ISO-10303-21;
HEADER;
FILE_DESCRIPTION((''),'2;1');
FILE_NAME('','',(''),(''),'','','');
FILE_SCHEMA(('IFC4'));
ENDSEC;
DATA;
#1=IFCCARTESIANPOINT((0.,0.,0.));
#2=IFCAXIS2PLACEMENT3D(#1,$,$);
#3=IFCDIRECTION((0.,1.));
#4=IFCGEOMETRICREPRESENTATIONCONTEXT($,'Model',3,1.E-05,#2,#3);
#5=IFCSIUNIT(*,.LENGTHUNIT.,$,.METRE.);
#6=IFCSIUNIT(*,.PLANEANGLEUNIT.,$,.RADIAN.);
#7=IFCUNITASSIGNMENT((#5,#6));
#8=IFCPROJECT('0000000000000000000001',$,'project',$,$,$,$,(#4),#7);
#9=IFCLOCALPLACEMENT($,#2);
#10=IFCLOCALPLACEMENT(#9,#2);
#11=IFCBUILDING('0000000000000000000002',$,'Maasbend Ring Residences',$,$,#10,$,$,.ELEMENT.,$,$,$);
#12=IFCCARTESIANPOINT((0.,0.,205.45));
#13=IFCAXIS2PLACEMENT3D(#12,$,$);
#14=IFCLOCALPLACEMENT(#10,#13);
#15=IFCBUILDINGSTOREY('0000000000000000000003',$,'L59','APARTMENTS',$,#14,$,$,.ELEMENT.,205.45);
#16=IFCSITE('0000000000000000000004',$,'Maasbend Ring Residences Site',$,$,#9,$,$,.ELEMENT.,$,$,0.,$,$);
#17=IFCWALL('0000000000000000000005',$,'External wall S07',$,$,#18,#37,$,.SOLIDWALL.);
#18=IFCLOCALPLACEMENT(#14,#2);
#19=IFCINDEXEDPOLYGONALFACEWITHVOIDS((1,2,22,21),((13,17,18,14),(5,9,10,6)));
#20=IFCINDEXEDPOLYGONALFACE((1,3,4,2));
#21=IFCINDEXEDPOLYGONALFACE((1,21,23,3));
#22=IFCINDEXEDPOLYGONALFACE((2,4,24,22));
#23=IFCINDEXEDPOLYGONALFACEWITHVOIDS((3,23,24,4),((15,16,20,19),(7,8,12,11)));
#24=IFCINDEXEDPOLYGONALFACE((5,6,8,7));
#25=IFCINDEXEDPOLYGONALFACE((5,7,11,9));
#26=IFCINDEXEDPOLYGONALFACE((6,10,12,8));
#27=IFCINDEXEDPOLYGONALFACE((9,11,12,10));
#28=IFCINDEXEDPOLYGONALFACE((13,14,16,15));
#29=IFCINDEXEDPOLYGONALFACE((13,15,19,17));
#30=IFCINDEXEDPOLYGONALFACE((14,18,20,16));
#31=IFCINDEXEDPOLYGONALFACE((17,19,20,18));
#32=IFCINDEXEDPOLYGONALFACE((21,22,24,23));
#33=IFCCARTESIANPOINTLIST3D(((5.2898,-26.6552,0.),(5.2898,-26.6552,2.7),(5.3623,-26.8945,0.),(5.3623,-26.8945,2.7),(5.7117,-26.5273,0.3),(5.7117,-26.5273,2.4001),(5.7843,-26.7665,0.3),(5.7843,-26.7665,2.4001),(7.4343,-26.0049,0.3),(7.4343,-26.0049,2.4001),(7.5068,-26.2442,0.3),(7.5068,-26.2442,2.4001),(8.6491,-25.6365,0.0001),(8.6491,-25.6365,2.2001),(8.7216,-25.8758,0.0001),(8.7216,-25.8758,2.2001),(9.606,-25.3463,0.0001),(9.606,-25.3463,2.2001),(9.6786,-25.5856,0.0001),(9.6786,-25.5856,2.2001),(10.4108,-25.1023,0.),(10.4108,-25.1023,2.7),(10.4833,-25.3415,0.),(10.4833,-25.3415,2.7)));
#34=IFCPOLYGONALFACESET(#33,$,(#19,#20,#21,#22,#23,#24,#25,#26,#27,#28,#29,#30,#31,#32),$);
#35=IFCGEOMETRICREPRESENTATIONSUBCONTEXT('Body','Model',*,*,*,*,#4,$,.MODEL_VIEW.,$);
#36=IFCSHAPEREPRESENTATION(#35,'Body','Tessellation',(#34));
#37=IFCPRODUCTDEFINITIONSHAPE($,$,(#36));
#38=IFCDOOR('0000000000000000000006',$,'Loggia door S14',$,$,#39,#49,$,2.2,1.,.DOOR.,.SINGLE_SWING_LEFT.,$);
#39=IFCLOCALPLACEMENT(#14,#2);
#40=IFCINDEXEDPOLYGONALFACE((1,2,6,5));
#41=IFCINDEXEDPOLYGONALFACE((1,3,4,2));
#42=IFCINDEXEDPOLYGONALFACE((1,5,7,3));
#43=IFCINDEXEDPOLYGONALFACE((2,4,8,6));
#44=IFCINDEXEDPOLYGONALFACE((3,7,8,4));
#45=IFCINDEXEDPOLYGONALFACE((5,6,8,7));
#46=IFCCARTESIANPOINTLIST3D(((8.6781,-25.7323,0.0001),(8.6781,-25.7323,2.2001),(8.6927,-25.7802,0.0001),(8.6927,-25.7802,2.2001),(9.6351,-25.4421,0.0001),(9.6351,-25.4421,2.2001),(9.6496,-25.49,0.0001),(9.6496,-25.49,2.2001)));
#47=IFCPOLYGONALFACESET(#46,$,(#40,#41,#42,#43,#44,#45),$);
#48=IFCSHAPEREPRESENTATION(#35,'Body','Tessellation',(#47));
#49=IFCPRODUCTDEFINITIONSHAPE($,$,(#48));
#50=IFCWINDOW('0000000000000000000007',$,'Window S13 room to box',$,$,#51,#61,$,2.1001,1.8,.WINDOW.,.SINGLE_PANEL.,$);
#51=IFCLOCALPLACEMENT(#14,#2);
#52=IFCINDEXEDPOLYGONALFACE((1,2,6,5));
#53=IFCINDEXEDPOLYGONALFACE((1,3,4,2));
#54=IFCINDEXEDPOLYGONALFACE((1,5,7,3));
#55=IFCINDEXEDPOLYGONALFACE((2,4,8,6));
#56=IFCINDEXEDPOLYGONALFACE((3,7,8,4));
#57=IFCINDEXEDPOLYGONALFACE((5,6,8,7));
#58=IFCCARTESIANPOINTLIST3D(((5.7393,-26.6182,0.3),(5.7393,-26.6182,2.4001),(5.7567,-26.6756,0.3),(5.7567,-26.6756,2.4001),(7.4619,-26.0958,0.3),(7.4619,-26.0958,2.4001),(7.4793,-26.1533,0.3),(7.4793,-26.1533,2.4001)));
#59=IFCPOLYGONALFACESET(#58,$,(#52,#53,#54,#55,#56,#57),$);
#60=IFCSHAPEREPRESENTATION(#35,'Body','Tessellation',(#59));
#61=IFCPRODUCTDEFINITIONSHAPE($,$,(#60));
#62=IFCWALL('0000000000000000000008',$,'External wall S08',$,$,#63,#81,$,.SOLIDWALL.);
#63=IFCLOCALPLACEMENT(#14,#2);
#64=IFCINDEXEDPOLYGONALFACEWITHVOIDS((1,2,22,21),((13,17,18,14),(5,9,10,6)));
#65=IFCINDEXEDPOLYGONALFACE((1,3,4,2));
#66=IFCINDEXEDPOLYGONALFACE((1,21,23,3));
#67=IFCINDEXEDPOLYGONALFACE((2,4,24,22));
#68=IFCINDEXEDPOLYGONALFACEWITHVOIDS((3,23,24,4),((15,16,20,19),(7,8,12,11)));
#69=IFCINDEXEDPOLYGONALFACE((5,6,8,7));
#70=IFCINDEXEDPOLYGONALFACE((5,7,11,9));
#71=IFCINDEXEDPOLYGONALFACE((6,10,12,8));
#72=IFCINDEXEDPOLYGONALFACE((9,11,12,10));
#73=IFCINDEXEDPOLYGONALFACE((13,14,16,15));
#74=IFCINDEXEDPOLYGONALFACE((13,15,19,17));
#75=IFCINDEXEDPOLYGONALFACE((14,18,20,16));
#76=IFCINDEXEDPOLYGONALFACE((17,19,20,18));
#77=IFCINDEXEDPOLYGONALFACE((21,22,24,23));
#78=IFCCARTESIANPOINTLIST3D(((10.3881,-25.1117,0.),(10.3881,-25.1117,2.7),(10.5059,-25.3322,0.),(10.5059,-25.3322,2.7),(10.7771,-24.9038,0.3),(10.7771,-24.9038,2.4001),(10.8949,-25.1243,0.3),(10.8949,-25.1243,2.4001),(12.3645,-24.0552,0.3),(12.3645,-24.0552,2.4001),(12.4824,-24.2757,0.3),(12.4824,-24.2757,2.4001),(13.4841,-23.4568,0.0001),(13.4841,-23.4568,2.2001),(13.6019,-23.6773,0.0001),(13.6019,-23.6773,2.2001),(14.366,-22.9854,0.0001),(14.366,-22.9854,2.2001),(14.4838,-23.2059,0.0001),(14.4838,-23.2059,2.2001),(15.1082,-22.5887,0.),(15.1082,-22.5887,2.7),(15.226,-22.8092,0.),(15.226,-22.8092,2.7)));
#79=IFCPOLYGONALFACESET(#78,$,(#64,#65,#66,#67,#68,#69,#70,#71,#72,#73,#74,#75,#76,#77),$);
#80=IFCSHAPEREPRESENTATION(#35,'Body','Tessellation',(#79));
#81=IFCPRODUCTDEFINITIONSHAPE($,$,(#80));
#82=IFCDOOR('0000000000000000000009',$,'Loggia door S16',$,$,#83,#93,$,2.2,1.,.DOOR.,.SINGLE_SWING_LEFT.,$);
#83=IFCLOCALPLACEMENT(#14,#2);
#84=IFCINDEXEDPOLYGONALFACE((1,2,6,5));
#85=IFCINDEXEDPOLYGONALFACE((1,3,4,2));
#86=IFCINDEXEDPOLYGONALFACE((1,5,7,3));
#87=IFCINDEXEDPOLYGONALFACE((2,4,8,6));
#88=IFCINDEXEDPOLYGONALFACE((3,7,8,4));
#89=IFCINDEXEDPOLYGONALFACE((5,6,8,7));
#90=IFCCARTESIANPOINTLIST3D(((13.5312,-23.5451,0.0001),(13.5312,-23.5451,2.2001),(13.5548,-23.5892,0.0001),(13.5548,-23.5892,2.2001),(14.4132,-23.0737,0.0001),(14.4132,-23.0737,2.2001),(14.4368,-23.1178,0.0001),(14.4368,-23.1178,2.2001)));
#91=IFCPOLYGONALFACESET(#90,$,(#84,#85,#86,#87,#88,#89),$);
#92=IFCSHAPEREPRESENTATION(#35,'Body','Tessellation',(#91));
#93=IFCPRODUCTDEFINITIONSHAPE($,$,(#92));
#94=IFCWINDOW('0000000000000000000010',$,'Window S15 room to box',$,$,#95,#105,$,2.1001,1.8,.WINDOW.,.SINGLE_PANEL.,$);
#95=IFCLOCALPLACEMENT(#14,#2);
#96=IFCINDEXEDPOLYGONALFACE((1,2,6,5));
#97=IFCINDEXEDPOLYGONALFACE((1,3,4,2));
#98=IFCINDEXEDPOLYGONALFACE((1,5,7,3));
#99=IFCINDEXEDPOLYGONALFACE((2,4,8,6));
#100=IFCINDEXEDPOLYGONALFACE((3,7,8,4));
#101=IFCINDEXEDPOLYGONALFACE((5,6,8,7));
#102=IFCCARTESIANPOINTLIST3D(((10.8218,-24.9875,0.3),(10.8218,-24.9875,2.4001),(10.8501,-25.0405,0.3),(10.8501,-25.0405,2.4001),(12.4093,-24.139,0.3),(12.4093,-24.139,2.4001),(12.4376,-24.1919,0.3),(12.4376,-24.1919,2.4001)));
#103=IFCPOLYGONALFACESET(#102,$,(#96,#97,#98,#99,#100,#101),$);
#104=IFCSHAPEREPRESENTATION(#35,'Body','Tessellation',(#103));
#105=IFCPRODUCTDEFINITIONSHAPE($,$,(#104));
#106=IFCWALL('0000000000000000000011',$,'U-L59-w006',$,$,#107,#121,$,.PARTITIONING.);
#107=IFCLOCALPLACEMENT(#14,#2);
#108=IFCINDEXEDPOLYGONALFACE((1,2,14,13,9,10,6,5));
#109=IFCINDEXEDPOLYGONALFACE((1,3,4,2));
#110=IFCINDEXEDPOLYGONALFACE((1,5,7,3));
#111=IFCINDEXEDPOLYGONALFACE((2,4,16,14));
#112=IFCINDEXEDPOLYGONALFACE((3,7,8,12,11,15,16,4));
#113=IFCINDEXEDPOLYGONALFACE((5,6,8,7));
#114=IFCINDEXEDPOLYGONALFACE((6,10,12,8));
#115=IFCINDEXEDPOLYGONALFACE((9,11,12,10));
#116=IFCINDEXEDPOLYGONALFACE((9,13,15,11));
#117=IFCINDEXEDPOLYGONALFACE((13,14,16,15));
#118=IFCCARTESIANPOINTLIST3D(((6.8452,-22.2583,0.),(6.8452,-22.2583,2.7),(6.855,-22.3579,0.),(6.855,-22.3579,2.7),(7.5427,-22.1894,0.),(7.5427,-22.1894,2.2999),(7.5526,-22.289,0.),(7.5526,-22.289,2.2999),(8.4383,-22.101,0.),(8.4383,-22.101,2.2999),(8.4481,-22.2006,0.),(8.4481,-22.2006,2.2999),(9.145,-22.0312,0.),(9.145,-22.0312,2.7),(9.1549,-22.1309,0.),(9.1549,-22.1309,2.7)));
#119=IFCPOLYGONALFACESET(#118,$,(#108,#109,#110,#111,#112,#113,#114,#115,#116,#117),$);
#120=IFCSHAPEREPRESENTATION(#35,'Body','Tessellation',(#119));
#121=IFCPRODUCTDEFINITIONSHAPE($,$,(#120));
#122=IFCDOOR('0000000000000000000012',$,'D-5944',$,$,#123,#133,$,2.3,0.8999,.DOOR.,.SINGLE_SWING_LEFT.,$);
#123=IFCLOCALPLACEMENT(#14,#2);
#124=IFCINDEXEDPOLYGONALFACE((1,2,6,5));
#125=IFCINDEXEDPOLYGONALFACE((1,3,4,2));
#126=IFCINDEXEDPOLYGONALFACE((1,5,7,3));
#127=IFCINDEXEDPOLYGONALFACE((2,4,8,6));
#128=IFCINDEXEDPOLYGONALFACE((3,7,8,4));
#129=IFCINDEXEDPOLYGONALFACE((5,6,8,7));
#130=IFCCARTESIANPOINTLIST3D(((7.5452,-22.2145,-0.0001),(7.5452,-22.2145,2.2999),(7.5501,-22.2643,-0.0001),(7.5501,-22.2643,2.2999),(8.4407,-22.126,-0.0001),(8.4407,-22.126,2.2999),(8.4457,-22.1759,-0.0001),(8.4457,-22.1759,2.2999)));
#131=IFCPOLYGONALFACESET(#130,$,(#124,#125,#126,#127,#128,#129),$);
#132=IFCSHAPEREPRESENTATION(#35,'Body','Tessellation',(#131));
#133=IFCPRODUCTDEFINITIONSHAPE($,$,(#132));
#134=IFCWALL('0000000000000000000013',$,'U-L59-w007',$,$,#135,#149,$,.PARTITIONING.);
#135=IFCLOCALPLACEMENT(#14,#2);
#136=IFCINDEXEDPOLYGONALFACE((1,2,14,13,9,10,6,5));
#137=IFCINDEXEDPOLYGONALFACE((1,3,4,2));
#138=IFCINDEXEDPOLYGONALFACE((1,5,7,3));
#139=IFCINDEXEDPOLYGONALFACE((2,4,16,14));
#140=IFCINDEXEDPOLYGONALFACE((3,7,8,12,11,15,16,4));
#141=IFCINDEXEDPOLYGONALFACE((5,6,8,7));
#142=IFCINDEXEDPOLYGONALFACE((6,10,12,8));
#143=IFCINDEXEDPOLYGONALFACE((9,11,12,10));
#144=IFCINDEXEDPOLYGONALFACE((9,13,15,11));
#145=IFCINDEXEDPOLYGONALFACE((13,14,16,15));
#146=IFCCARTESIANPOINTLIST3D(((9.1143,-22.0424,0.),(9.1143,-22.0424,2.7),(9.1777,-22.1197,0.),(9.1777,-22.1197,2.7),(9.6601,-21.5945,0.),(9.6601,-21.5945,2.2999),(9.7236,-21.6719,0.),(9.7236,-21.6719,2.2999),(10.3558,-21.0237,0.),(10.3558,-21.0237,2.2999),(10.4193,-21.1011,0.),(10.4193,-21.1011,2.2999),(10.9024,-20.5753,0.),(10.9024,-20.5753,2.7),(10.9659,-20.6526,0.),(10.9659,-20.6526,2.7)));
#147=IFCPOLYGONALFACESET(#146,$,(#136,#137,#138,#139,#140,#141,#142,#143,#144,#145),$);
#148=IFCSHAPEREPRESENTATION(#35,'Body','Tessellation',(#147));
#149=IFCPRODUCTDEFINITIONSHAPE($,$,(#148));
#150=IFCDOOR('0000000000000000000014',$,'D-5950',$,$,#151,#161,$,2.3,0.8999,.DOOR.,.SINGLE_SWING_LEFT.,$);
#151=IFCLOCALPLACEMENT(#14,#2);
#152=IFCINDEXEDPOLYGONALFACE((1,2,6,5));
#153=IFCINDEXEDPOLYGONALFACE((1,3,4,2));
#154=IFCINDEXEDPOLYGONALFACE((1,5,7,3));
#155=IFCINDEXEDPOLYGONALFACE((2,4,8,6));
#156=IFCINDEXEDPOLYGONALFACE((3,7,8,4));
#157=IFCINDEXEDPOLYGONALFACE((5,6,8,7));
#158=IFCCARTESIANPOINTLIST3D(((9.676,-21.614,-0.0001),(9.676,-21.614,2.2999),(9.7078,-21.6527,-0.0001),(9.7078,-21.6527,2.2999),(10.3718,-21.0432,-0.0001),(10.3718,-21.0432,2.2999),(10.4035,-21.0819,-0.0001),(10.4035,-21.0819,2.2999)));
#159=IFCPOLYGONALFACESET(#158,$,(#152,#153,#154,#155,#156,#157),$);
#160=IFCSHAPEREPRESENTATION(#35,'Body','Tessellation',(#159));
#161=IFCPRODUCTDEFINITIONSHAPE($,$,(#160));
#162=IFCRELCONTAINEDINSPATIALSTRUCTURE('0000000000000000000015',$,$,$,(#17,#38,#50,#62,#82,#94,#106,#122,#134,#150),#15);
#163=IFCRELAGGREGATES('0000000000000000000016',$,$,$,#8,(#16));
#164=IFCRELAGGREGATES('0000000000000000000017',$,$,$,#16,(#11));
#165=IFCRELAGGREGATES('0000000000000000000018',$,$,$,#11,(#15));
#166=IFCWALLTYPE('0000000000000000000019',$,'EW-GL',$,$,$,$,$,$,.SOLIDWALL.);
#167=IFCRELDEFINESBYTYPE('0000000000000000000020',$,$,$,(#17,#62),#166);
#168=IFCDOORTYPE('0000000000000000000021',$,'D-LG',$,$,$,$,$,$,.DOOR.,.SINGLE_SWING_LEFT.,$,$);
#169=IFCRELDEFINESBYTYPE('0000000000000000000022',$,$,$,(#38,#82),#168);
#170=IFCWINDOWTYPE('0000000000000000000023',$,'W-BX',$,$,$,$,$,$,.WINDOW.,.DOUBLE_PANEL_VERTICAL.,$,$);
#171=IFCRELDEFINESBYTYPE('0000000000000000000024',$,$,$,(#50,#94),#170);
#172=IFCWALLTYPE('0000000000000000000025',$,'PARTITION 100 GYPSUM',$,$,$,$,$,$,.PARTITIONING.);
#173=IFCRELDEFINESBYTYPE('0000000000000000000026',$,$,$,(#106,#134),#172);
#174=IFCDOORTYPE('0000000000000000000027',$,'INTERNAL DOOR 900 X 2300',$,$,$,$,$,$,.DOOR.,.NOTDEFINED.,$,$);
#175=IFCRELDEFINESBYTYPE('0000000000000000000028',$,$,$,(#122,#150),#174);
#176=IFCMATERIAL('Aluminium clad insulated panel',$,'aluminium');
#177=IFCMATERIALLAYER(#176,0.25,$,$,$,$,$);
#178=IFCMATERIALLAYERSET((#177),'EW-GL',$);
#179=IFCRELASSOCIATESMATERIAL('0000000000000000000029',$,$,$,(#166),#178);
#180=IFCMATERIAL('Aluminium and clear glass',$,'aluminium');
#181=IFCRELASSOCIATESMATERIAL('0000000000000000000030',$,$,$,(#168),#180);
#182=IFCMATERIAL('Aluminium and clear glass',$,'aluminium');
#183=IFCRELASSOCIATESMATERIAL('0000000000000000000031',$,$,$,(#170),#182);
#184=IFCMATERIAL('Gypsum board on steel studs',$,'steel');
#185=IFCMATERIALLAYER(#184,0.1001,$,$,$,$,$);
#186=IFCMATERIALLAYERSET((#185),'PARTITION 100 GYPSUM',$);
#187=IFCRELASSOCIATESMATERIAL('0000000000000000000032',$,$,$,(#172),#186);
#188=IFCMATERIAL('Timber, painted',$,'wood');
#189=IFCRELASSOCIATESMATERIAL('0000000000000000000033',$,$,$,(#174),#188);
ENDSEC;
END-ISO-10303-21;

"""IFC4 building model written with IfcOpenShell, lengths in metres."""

from ifc_helpers import new_model, si_unit, direction, frame, frame_2d, origin, place, context, subcontext, project, spatial, rectangle, extrude, material, layer, layer_set, type_object, element, fill, save


model = new_model("IFC4")

# Units and contexts
model_context = context("Model", 3, precision=1e-05, world=origin(), true_north=direction((0.0, 1.0)))
body_context = subcontext(model_context, "Body", "Model", "MODEL_VIEW")
ifc_project = project(units=[si_unit("LENGTHUNIT", "METRE"), si_unit("PLANEANGLEUNIT", "RADIAN")], contexts=[model_context])

# Site, building, storey
site_placement = place(None, origin())
site = spatial("IfcSite", under=ifc_project, at=site_placement, Name="Maasbend Ring Residences Site", CompositionType="ELEMENT", RefElevation=0.0)
building_placement = place(site_placement, origin())
building = spatial("IfcBuilding", under=site, at=building_placement, Name="Maasbend Ring Residences", CompositionType="ELEMENT")
storey_placement = place(building_placement, frame((0.0, 0.0, 205.45)))
storey = spatial("IfcBuildingStorey", under=building, at=storey_placement, Name="L59", Description="APARTMENTS", CompositionType="ELEMENT", Elevation=205.45)

# Walls, openings, doors, windows
ifc_material_1 = material(Name="Aluminium clad insulated panel", Category="aluminium")
ifc_layer_1 = layer(ifc_material_1, 0.25)
ifc_layer_set_1 = layer_set([ifc_layer_1], Name="EW-GL")
wall_type_1 = type_object("IfcWallType", Name="EW-GL", PredefinedType="SOLIDWALL", material=ifc_layer_set_1)
wall_1_placement = place(storey_placement, frame((5.3259, -26.7749, 0.0), z_axis=(0.0, 0.0, 1.0), x_axis=(0.956966, 0.290201, 0.0)))
wall_1 = element("IfcWall", 1, at=wall_1_placement, inside=storey, type_object=wall_type_1, Name="External wall S07", PredefinedType="SOLIDWALL", context=body_context, shape_type="SweptSolid", body=[
    extrude(rectangle(XDim=5.3513, YDim=0.25, at=frame_2d((2.6758, 0.0))), origin(), (0.0, 0.0, 1.0), 2.7),
])
opening_1_placement = place(wall_1_placement, frame((0.4412, 0.0, 0.3)))
opening_1 = element("IfcOpeningElement", 2, at=opening_1_placement, cuts=wall_1, PredefinedType="OPENING", context=body_context, shape_type="SweptSolid", body=[
    extrude(rectangle(XDim=1.8, YDim=2.1001, at=frame_2d((0.8999, 1.05))), frame((0.0, 0.135, 0.0), z_axis=(0.0, -1.0, 0.0), x_axis=(1.0, 0.0, 0.0)), (0.0, 0.0, 1.0), 0.27),
])
opening_2_placement = place(wall_1_placement, frame((3.5105, 0.0, 0.0)))
opening_2 = element("IfcOpeningElement", 3, at=opening_2_placement, cuts=wall_1, PredefinedType="OPENING", context=body_context, shape_type="SweptSolid", body=[
    extrude(rectangle(XDim=1.0, YDim=2.2, at=frame_2d((0.5, 1.1001))), frame((0.0, 0.135, 0.0), z_axis=(0.0, -1.0, 0.0), x_axis=(1.0, 0.0, 0.0)), (0.0, 0.0, 1.0), 0.27),
])
ifc_material_2 = material(Name="Aluminium and clear glass", Category="aluminium")
door_type_1 = type_object("IfcDoorType", Name="D-LG", OperationType="SINGLE_SWING_LEFT", PredefinedType="DOOR", material=ifc_material_2)
door_1_placement = place(opening_2_placement, origin())
door_1 = element("IfcDoor", 4, at=door_1_placement, inside=storey, type_object=door_type_1, Name="Loggia door S14", OperationType="SINGLE_SWING_LEFT", OverallHeight=2.2, OverallWidth=1.0, PredefinedType="DOOR", context=body_context, shape_type="SweptSolid", body=[
    extrude(rectangle(XDim=1.0, YDim=2.2, at=frame_2d((0.5, 1.1001))), frame((0.0, 0.0249, 0.0), z_axis=(0.0, -1.0, 0.0), x_axis=(1.0, 0.0, 0.0)), (0.0, 0.0, 1.0), 0.05),
])
fill(opening_2, door_1)
ifc_material_3 = material(Name="Aluminium and clear glass", Category="aluminium")
window_type_1 = type_object("IfcWindowType", Name="W-BX", PartitioningType="DOUBLE_PANEL_VERTICAL", PredefinedType="WINDOW", material=ifc_material_3)
window_1_placement = place(opening_1_placement, origin())
window_1 = element("IfcWindow", 5, at=window_1_placement, inside=storey, type_object=window_type_1, Name="Window S13 room to box", OverallHeight=2.1001, OverallWidth=1.8, PartitioningType="SINGLE_PANEL", PredefinedType="WINDOW", context=body_context, shape_type="SweptSolid", body=[
    extrude(rectangle(XDim=1.8, YDim=2.1001, at=frame_2d((0.8999, 1.05))), frame((0.0, 0.03, 0.0), z_axis=(0.0, -1.0, 0.0), x_axis=(1.0, 0.0, 0.0)), (0.0, 0.0, 1.0), 0.0601),
])
fill(opening_1, window_1)
wall_2_placement = place(storey_placement, frame((10.447, -25.2219, 0.0), z_axis=(0.0, 0.0, 1.0), x_axis=(0.881916, 0.471407, 0.0)))
wall_2 = element("IfcWall", 6, at=wall_2_placement, inside=storey, type_object=wall_type_1, Name="External wall S08", PredefinedType="SOLIDWALL", context=body_context, shape_type="SweptSolid", body=[
    extrude(rectangle(XDim=5.3521, YDim=0.25, at=frame_2d((2.676, 0.0))), origin(), (0.0, 0.0, 1.0), 2.7),
])
opening_3_placement = place(wall_2_placement, frame((0.4412, 0.0, 0.3)))
opening_3 = element("IfcOpeningElement", 7, at=opening_3_placement, cuts=wall_2, PredefinedType="OPENING", context=body_context, shape_type="SweptSolid", body=[
    extrude(rectangle(XDim=1.8, YDim=2.1001, at=frame_2d((0.8999, 1.05))), frame((0.0, 0.135, 0.0), z_axis=(0.0, -1.0, 0.0), x_axis=(1.0, 0.0, 0.0)), (0.0, 0.0, 1.0), 0.27),
])
opening_4_placement = place(wall_2_placement, frame((3.5105, 0.0, 0.0)))
opening_4 = element("IfcOpeningElement", 8, at=opening_4_placement, cuts=wall_2, PredefinedType="OPENING", context=body_context, shape_type="SweptSolid", body=[
    extrude(rectangle(XDim=1.0, YDim=2.2, at=frame_2d((0.5, 1.1001))), frame((0.0, 0.135, 0.0), z_axis=(0.0, -1.0, 0.0), x_axis=(1.0, 0.0, 0.0)), (0.0, 0.0, 1.0), 0.27),
])
door_2_placement = place(opening_4_placement, origin())
door_2 = element("IfcDoor", 9, at=door_2_placement, inside=storey, type_object=door_type_1, Name="Loggia door S16", OperationType="SINGLE_SWING_LEFT", OverallHeight=2.2, OverallWidth=1.0, PredefinedType="DOOR", context=body_context, shape_type="SweptSolid", body=[
    extrude(rectangle(XDim=1.0, YDim=2.2, at=frame_2d((0.5, 1.1001))), frame((0.0, 0.0249, 0.0), z_axis=(0.0, -1.0, 0.0), x_axis=(1.0, 0.0, 0.0)), (0.0, 0.0, 1.0), 0.05),
])
fill(opening_4, door_2)
window_2_placement = place(opening_3_placement, origin())
window_2 = element("IfcWindow", 10, at=window_2_placement, inside=storey, type_object=window_type_1, Name="Window S15 room to box", OverallHeight=2.1001, OverallWidth=1.8, PartitioningType="SINGLE_PANEL", PredefinedType="WINDOW", context=body_context, shape_type="SweptSolid", body=[
    extrude(rectangle(XDim=1.8, YDim=2.1001, at=frame_2d((0.8999, 1.05))), frame((0.0, 0.03, 0.0), z_axis=(0.0, -1.0, 0.0), x_axis=(1.0, 0.0, 0.0)), (0.0, 0.0, 1.0), 0.0601),
])
fill(opening_3, window_2)

# Walls, openings, doors
ifc_material_4 = material(Name="Gypsum board on steel studs", Category="steel")
ifc_layer_2 = layer(ifc_material_4, 0.1001)
ifc_layer_set_2 = layer_set([ifc_layer_2], Name="PARTITION 100 GYPSUM")
wall_type_2 = type_object("IfcWallType", Name="PARTITION 100 GYPSUM", PredefinedType="PARTITIONING", material=ifc_layer_set_2)
wall_3_placement = place(storey_placement, frame((6.8501, -22.3081, 0.0), z_axis=(0.0, 0.0, 1.0), x_axis=(0.995162, 0.098248, 0.0)))
wall_3 = element("IfcWall", 11, at=wall_3_placement, inside=storey, type_object=wall_type_2, Name="U-L59-w006", PredefinedType="PARTITIONING", context=body_context, shape_type="SweptSolid", body=[
    extrude(rectangle(XDim=2.311, YDim=0.1001, at=frame_2d((1.1555, 0.0))), origin(), (0.0, 0.0, 1.0), 2.7),
])
opening_5_placement = place(wall_3_placement, frame((0.7009, 0.0, 0.0)))
opening_5 = element("IfcOpeningElement", 12, at=opening_5_placement, cuts=wall_3, PredefinedType="OPENING", context=body_context, shape_type="SweptSolid", body=[
    extrude(rectangle(XDim=0.8999, YDim=2.3, at=frame_2d((0.45, 1.1499))), frame((0.0, 0.0601, 0.0), z_axis=(0.0, -1.0, 0.0), x_axis=(1.0, 0.0, 0.0)), (0.0, 0.0, 1.0), 0.1201),
])
ifc_material_5 = material(Name="Timber, painted", Category="wood")
door_type_2 = type_object("IfcDoorType", Name="INTERNAL DOOR 900 X 2300", OperationType="NOTDEFINED", PredefinedType="DOOR", material=ifc_material_5)
door_3_placement = place(opening_5_placement, origin())
door_3 = element("IfcDoor", 13, at=door_3_placement, inside=storey, type_object=door_type_2, Name="D-5944", OperationType="SINGLE_SWING_LEFT", OverallHeight=2.3, OverallWidth=0.8999, PredefinedType="DOOR", context=body_context, shape_type="SweptSolid", body=[
    extrude(rectangle(XDim=0.8999, YDim=2.3, at=frame_2d((0.45, 1.1499))), frame((0.0, 0.0249, 0.0), z_axis=(0.0, -1.0, 0.0), x_axis=(1.0, 0.0, 0.0)), (0.0, 0.0, 1.0), 0.05),
])
fill(opening_5, door_3)
wall_4_placement = place(storey_placement, frame((9.146, -22.0811, 0.0), z_axis=(0.0, 0.0, 1.0), x_axis=(0.773096, 0.634289, 0.0)))
wall_4 = element("IfcWall", 14, at=wall_4_placement, inside=storey, type_object=wall_type_2, Name="U-L59-w007", PredefinedType="PARTITIONING", context=body_context, shape_type="SweptSolid", body=[
    extrude(rectangle(XDim=2.313, YDim=0.1001, at=frame_2d((1.1565, 0.0))), origin(), (0.0, 0.0, 1.0), 2.7),
])
opening_6_placement = place(wall_4_placement, frame((0.7061, 0.0, 0.0)))
opening_6 = element("IfcOpeningElement", 15, at=opening_6_placement, cuts=wall_4, PredefinedType="OPENING", context=body_context, shape_type="SweptSolid", body=[
    extrude(rectangle(XDim=0.8999, YDim=2.3, at=frame_2d((0.45, 1.1499))), frame((0.0, 0.0601, 0.0), z_axis=(0.0, -1.0, 0.0), x_axis=(1.0, 0.0, 0.0)), (0.0, 0.0, 1.0), 0.1201),
])
door_4_placement = place(opening_6_placement, origin())
door_4 = element("IfcDoor", 16, at=door_4_placement, inside=storey, type_object=door_type_2, Name="D-5950", OperationType="SINGLE_SWING_LEFT", OverallHeight=2.3, OverallWidth=0.8999, PredefinedType="DOOR", context=body_context, shape_type="SweptSolid", body=[
    extrude(rectangle(XDim=0.8999, YDim=2.3, at=frame_2d((0.45, 1.1499))), frame((0.0, 0.0249, 0.0), z_axis=(0.0, -1.0, 0.0), x_axis=(1.0, 0.0, 0.0)), (0.0, 0.0, 1.0), 0.05),
])
fill(opening_6, door_4)

save(model, "model.ifc")
